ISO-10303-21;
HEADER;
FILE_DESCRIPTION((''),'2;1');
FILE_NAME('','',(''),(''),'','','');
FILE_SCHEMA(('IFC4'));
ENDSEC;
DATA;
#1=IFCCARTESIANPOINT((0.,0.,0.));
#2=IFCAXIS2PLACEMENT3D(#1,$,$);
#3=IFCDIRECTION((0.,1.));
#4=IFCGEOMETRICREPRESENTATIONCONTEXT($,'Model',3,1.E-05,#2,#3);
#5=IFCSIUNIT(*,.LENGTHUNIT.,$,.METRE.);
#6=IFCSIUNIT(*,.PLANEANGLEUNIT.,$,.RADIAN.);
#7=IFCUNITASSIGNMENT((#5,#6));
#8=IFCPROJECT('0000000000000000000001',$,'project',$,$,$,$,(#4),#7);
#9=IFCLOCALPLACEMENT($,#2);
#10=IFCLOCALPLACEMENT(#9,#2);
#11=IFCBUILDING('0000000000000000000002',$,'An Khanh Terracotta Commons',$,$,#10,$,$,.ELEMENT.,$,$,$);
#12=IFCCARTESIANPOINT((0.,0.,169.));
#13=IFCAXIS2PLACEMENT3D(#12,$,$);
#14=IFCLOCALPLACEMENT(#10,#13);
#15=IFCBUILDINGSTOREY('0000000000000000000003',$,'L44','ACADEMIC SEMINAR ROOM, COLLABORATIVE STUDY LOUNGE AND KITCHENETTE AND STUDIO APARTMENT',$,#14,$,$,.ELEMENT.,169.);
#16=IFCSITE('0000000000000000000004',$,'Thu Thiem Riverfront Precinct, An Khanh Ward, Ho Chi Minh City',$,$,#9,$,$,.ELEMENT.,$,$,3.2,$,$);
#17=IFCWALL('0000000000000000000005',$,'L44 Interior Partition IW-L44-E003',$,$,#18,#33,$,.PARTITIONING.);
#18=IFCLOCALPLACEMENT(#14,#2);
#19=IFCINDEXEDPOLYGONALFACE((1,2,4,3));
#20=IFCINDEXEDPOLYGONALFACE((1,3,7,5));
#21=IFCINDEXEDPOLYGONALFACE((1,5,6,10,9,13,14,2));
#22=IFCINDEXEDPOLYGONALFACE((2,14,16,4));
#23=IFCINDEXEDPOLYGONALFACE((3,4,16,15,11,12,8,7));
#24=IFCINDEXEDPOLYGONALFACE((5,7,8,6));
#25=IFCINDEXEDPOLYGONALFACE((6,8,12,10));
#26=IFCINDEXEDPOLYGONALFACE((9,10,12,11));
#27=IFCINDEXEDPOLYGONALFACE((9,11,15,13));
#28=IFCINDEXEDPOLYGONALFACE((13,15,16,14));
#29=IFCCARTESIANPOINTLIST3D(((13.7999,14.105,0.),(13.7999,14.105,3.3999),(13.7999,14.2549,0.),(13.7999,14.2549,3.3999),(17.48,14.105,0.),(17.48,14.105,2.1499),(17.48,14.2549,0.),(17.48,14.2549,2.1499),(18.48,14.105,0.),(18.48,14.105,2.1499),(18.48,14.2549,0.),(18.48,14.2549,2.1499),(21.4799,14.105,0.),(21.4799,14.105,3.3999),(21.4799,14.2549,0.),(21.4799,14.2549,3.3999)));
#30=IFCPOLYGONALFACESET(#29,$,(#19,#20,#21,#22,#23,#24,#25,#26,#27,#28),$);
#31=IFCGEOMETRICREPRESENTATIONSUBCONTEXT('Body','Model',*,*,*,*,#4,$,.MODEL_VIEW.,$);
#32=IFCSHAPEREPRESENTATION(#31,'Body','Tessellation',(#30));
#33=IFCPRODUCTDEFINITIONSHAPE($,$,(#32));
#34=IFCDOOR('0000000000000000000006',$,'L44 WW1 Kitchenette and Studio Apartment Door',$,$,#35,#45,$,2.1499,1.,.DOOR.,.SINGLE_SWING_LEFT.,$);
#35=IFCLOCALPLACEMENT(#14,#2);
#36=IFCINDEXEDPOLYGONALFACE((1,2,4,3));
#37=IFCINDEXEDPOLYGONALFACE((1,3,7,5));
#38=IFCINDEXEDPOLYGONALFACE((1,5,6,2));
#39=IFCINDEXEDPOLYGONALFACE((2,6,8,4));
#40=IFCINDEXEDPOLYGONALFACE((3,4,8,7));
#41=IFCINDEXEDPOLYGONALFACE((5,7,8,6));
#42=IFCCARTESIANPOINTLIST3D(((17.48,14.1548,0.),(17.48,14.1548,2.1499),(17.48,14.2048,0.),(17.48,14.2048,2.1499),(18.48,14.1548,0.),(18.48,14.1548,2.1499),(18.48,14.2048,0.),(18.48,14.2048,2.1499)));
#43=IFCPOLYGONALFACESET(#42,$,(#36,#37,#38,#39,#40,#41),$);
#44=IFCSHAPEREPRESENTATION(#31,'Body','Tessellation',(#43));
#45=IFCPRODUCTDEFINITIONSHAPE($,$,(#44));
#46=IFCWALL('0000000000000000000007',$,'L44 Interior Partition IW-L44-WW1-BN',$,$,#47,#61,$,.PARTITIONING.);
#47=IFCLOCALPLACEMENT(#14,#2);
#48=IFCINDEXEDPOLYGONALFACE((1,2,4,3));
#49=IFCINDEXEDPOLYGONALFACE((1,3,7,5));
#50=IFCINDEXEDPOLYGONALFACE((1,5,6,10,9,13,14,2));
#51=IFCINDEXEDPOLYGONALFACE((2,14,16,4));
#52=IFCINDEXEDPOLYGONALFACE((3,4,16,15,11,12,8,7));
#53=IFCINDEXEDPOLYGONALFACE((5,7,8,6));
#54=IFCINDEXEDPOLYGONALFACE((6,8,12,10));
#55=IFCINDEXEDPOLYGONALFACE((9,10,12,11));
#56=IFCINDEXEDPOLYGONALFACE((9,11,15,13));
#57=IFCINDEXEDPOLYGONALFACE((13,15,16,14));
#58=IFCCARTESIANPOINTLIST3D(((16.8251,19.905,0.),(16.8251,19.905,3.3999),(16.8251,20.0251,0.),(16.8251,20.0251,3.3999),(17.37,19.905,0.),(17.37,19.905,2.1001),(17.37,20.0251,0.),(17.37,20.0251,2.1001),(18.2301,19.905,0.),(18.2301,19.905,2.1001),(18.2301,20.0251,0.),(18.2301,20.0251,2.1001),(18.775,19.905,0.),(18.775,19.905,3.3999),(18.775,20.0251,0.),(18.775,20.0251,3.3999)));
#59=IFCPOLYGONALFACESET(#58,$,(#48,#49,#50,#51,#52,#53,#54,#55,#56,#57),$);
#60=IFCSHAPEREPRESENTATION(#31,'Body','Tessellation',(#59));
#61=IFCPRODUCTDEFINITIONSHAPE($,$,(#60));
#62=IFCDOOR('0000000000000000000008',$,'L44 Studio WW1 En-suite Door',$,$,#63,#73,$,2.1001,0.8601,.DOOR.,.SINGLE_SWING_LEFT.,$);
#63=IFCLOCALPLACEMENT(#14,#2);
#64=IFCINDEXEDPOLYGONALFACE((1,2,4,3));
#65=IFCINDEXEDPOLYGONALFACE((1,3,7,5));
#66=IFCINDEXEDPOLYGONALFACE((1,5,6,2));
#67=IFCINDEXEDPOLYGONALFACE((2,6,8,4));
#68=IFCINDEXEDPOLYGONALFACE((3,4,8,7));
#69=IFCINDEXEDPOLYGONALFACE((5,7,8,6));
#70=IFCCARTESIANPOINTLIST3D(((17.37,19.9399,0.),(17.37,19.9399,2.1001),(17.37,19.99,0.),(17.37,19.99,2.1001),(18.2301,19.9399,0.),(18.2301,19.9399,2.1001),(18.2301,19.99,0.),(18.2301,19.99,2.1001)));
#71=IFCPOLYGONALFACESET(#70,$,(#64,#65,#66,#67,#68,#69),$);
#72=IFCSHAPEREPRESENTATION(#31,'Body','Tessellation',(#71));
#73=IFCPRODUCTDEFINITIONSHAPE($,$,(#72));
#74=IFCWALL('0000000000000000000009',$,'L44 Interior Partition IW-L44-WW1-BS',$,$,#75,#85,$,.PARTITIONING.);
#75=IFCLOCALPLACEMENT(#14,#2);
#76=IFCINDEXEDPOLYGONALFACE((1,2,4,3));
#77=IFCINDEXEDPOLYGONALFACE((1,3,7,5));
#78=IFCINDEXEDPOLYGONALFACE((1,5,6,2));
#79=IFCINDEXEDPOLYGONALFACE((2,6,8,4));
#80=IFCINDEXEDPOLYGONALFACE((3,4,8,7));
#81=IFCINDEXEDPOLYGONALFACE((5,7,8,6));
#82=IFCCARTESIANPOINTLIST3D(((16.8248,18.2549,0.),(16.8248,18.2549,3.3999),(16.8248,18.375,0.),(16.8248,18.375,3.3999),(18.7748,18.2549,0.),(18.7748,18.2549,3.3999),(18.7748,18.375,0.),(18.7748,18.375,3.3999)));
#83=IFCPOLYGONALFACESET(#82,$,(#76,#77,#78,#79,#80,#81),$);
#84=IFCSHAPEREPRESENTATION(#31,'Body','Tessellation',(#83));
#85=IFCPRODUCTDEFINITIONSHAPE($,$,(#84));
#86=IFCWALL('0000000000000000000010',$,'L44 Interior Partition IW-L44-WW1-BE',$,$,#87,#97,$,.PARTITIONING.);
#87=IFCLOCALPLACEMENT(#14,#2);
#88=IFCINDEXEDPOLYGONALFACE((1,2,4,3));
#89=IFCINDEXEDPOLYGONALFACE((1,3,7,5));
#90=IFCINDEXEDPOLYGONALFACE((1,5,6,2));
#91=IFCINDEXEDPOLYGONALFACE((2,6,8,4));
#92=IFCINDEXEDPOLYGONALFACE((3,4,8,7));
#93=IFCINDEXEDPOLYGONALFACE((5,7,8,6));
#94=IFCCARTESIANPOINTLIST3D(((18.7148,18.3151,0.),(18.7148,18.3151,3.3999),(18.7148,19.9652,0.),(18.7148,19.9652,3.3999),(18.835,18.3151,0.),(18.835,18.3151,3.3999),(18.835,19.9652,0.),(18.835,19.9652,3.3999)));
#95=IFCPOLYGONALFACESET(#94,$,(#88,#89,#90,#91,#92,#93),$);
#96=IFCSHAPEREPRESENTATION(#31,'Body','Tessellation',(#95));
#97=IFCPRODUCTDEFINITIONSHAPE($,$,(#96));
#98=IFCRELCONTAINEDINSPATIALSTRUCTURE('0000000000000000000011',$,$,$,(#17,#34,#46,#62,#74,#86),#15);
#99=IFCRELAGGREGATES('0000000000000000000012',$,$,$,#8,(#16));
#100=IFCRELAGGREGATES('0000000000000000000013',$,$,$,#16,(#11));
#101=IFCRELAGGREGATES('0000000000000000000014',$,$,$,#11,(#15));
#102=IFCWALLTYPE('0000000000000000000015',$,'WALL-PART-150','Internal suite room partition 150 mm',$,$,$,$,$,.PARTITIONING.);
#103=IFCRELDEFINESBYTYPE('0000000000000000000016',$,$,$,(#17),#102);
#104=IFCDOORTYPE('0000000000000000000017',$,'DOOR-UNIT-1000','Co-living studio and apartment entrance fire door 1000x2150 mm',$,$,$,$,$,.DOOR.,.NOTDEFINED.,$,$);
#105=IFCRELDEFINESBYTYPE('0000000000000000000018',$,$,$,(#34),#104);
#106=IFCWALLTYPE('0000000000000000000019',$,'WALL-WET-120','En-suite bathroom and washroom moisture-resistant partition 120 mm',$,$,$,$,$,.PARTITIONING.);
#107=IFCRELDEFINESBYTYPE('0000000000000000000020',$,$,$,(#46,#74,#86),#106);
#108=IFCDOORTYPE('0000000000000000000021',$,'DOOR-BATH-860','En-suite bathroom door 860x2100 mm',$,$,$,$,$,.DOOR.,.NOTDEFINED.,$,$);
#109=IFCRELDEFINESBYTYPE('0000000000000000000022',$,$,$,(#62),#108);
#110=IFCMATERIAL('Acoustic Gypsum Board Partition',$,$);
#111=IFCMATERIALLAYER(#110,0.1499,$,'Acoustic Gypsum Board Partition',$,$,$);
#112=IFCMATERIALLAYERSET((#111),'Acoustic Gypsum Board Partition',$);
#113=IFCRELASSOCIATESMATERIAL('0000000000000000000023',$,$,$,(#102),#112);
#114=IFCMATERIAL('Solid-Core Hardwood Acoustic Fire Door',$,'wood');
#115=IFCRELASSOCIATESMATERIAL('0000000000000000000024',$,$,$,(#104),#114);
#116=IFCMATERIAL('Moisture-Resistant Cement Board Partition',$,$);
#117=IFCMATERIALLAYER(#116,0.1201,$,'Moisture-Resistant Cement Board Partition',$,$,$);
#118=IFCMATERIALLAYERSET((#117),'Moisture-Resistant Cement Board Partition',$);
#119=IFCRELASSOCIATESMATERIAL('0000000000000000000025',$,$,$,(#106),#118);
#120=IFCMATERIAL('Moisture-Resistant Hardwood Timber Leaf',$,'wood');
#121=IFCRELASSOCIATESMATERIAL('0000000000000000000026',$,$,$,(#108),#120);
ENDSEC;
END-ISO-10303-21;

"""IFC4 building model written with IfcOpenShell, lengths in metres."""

from ifc_helpers import new_model, si_unit, direction, frame, frame_2d, origin, place, context, subcontext, project, spatial, rectangle, extrude, material, layer, layer_set, type_object, element, fill, save


model = new_model("IFC4")

# Units and contexts
model_context = context("Model", 3, precision=1e-05, world=origin(), true_north=direction((0.0, 1.0)))
body_context = subcontext(model_context, "Body", "Model", "MODEL_VIEW")
ifc_project = project(units=[si_unit("LENGTHUNIT", "METRE"), si_unit("PLANEANGLEUNIT", "RADIAN")], contexts=[model_context])

# Site, building, storey
site_placement = place(None, origin())
site = spatial("IfcSite", under=ifc_project, at=site_placement, Name="Thu Thiem Riverfront Precinct, An Khanh Ward, Ho Chi Minh City", CompositionType="ELEMENT", RefElevation=3.2)
building_placement = place(site_placement, origin())
building = spatial("IfcBuilding", under=site, at=building_placement, Name="An Khanh Terracotta Commons", CompositionType="ELEMENT")
storey_placement = place(building_placement, frame((0.0, 0.0, 169.0)))
storey = spatial("IfcBuildingStorey", under=building, at=storey_placement, Name="L44", Description="ACADEMIC SEMINAR ROOM, COLLABORATIVE STUDY LOUNGE AND KITCHENETTE AND STUDIO APARTMENT", CompositionType="ELEMENT", Elevation=169.0)

# Walls, openings, doors
ifc_material_1 = material(Name="Acoustic Gypsum Board Partition")
ifc_layer_1 = layer(ifc_material_1, 0.1499, Name="Acoustic Gypsum Board Partition")
ifc_layer_set_1 = layer_set([ifc_layer_1], Name="Acoustic Gypsum Board Partition")
wall_type_1 = type_object("IfcWallType", Name="WALL-PART-150", Description="Internal suite room partition 150 mm", PredefinedType="PARTITIONING", material=ifc_layer_set_1)
wall_1_placement = place(storey_placement, frame((13.8, 14.1799, 0.0), z_axis=(0.0, 0.0, 1.0), x_axis=(1.0, 0.0, 0.0)))
wall_1 = element("IfcWall", 1, at=wall_1_placement, inside=storey, type_object=wall_type_1, Name="L44 Interior Partition IW-L44-E003", PredefinedType="PARTITIONING", context=body_context, shape_type="SweptSolid", body=[
    extrude(rectangle(XDim=7.6799, YDim=0.1499, at=frame_2d((3.8398, 0.0))), origin(), (0.0, 0.0, 1.0), 3.3999),
])
opening_1_placement = place(wall_1_placement, frame((3.6799, 0.0, 0.0)))
opening_1 = element("IfcOpeningElement", 2, at=opening_1_placement, cuts=wall_1, PredefinedType="OPENING", context=body_context, shape_type="SweptSolid", body=[
    extrude(rectangle(XDim=1.0, YDim=2.1499, at=frame_2d((0.5, 1.075))), frame((0.0, 0.085, 0.0), z_axis=(0.0, -1.0, 0.0), x_axis=(1.0, 0.0, 0.0)), (0.0, 0.0, 1.0), 0.1699),
])
ifc_material_2 = material(Name="Solid-Core Hardwood Acoustic Fire Door", Category="wood")
door_type_1 = type_object("IfcDoorType", Name="DOOR-UNIT-1000", Description="Co-living studio and apartment entrance fire door 1000x2150 mm", OperationType="NOTDEFINED", PredefinedType="DOOR", material=ifc_material_2)
door_1_placement = place(opening_1_placement, origin())
door_1 = element("IfcDoor", 3, at=door_1_placement, inside=storey, type_object=door_type_1, Name="L44 WW1 Kitchenette and Studio Apartment Door", OperationType="SINGLE_SWING_LEFT", OverallHeight=2.1499, OverallWidth=1.0, PredefinedType="DOOR", context=body_context, shape_type="SweptSolid", body=[
    extrude(rectangle(XDim=1.0, YDim=2.1499, at=frame_2d((0.5, 1.075))), frame((0.0, 0.0249, 0.0), z_axis=(0.0, -1.0, 0.0), x_axis=(1.0, 0.0, 0.0)), (0.0, 0.0, 1.0), 0.05),
])
fill(opening_1, door_1)
ifc_material_3 = material(Name="Moisture-Resistant Cement Board Partition")
ifc_layer_2 = layer(ifc_material_3, 0.1201, Name="Moisture-Resistant Cement Board Partition")
ifc_layer_set_2 = layer_set([ifc_layer_2], Name="Moisture-Resistant Cement Board Partition")
wall_type_2 = type_object("IfcWallType", Name="WALL-WET-120", Description="En-suite bathroom and washroom moisture-resistant partition 120 mm", PredefinedType="PARTITIONING", material=ifc_layer_set_2)
wall_2_placement = place(storey_placement, frame((16.825, 19.9651, 0.0), z_axis=(0.0, 0.0, 1.0), x_axis=(1.0, 0.0, 0.0)))
wall_2 = element("IfcWall", 4, at=wall_2_placement, inside=storey, type_object=wall_type_2, Name="L44 Interior Partition IW-L44-WW1-BN", PredefinedType="PARTITIONING", context=body_context, shape_type="SweptSolid", body=[
    extrude(rectangle(XDim=1.95, YDim=0.1201, at=frame_2d((0.9751, 0.0))), origin(), (0.0, 0.0, 1.0), 3.3999),
])
opening_2_placement = place(wall_2_placement, frame((0.5449, 0.0, 0.0)))
opening_2 = element("IfcOpeningElement", 5, at=opening_2_placement, cuts=wall_2, PredefinedType="OPENING", context=body_context, shape_type="SweptSolid", body=[
    extrude(rectangle(XDim=0.8601, YDim=2.1001, at=frame_2d((0.4302, 1.05))), frame((0.0, 0.0701, 0.0), z_axis=(0.0, -1.0, 0.0), x_axis=(1.0, 0.0, 0.0)), (0.0, 0.0, 1.0), 0.1401),
])
ifc_material_4 = material(Name="Moisture-Resistant Hardwood Timber Leaf", Category="wood")
door_type_2 = type_object("IfcDoorType", Name="DOOR-BATH-860", Description="En-suite bathroom door 860x2100 mm", OperationType="NOTDEFINED", PredefinedType="DOOR", material=ifc_material_4)
door_2_placement = place(opening_2_placement, origin())
door_2 = element("IfcDoor", 6, at=door_2_placement, inside=storey, type_object=door_type_2, Name="L44 Studio WW1 En-suite Door", OperationType="SINGLE_SWING_LEFT", OverallHeight=2.1001, OverallWidth=0.8601, PredefinedType="DOOR", context=body_context, shape_type="SweptSolid", body=[
    extrude(rectangle(XDim=0.8601, YDim=2.1001, at=frame_2d((0.4302, 1.05))), frame((0.0, 0.0249, 0.0), z_axis=(0.0, -1.0, 0.0), x_axis=(1.0, 0.0, 0.0)), (0.0, 0.0, 1.0), 0.05),
])
fill(opening_2, door_2)

# Walls
wall_3_placement = place(storey_placement, frame((18.7749, 18.3149, 0.0), z_axis=(0.0, 0.0, 1.0), x_axis=(-1.0, 0.0, 0.0)))
element("IfcWall", 7, at=wall_3_placement, inside=storey, type_object=wall_type_2, Name="L44 Interior Partition IW-L44-WW1-BS", PredefinedType="PARTITIONING", context=body_context, shape_type="SweptSolid", body=[
    extrude(rectangle(XDim=1.95, YDim=0.1201, at=frame_2d((0.9751, 0.0))), origin(), (0.0, 0.0, 1.0), 3.3999),
])
wall_4_placement = place(storey_placement, frame((18.7749, 18.3149, 0.0), z_axis=(0.0, 0.0, 1.0), x_axis=(0.0, 1.0, 0.0)))
element("IfcWall", 8, at=wall_4_placement, inside=storey, type_object=wall_type_2, Name="L44 Interior Partition IW-L44-WW1-BE", PredefinedType="PARTITIONING", context=body_context, shape_type="SweptSolid", body=[
    extrude(rectangle(XDim=1.6501, YDim=0.1201, at=frame_2d((0.8252, 0.0))), origin(), (0.0, 0.0, 1.0), 3.3999),
])

save(model, "model.ifc")
